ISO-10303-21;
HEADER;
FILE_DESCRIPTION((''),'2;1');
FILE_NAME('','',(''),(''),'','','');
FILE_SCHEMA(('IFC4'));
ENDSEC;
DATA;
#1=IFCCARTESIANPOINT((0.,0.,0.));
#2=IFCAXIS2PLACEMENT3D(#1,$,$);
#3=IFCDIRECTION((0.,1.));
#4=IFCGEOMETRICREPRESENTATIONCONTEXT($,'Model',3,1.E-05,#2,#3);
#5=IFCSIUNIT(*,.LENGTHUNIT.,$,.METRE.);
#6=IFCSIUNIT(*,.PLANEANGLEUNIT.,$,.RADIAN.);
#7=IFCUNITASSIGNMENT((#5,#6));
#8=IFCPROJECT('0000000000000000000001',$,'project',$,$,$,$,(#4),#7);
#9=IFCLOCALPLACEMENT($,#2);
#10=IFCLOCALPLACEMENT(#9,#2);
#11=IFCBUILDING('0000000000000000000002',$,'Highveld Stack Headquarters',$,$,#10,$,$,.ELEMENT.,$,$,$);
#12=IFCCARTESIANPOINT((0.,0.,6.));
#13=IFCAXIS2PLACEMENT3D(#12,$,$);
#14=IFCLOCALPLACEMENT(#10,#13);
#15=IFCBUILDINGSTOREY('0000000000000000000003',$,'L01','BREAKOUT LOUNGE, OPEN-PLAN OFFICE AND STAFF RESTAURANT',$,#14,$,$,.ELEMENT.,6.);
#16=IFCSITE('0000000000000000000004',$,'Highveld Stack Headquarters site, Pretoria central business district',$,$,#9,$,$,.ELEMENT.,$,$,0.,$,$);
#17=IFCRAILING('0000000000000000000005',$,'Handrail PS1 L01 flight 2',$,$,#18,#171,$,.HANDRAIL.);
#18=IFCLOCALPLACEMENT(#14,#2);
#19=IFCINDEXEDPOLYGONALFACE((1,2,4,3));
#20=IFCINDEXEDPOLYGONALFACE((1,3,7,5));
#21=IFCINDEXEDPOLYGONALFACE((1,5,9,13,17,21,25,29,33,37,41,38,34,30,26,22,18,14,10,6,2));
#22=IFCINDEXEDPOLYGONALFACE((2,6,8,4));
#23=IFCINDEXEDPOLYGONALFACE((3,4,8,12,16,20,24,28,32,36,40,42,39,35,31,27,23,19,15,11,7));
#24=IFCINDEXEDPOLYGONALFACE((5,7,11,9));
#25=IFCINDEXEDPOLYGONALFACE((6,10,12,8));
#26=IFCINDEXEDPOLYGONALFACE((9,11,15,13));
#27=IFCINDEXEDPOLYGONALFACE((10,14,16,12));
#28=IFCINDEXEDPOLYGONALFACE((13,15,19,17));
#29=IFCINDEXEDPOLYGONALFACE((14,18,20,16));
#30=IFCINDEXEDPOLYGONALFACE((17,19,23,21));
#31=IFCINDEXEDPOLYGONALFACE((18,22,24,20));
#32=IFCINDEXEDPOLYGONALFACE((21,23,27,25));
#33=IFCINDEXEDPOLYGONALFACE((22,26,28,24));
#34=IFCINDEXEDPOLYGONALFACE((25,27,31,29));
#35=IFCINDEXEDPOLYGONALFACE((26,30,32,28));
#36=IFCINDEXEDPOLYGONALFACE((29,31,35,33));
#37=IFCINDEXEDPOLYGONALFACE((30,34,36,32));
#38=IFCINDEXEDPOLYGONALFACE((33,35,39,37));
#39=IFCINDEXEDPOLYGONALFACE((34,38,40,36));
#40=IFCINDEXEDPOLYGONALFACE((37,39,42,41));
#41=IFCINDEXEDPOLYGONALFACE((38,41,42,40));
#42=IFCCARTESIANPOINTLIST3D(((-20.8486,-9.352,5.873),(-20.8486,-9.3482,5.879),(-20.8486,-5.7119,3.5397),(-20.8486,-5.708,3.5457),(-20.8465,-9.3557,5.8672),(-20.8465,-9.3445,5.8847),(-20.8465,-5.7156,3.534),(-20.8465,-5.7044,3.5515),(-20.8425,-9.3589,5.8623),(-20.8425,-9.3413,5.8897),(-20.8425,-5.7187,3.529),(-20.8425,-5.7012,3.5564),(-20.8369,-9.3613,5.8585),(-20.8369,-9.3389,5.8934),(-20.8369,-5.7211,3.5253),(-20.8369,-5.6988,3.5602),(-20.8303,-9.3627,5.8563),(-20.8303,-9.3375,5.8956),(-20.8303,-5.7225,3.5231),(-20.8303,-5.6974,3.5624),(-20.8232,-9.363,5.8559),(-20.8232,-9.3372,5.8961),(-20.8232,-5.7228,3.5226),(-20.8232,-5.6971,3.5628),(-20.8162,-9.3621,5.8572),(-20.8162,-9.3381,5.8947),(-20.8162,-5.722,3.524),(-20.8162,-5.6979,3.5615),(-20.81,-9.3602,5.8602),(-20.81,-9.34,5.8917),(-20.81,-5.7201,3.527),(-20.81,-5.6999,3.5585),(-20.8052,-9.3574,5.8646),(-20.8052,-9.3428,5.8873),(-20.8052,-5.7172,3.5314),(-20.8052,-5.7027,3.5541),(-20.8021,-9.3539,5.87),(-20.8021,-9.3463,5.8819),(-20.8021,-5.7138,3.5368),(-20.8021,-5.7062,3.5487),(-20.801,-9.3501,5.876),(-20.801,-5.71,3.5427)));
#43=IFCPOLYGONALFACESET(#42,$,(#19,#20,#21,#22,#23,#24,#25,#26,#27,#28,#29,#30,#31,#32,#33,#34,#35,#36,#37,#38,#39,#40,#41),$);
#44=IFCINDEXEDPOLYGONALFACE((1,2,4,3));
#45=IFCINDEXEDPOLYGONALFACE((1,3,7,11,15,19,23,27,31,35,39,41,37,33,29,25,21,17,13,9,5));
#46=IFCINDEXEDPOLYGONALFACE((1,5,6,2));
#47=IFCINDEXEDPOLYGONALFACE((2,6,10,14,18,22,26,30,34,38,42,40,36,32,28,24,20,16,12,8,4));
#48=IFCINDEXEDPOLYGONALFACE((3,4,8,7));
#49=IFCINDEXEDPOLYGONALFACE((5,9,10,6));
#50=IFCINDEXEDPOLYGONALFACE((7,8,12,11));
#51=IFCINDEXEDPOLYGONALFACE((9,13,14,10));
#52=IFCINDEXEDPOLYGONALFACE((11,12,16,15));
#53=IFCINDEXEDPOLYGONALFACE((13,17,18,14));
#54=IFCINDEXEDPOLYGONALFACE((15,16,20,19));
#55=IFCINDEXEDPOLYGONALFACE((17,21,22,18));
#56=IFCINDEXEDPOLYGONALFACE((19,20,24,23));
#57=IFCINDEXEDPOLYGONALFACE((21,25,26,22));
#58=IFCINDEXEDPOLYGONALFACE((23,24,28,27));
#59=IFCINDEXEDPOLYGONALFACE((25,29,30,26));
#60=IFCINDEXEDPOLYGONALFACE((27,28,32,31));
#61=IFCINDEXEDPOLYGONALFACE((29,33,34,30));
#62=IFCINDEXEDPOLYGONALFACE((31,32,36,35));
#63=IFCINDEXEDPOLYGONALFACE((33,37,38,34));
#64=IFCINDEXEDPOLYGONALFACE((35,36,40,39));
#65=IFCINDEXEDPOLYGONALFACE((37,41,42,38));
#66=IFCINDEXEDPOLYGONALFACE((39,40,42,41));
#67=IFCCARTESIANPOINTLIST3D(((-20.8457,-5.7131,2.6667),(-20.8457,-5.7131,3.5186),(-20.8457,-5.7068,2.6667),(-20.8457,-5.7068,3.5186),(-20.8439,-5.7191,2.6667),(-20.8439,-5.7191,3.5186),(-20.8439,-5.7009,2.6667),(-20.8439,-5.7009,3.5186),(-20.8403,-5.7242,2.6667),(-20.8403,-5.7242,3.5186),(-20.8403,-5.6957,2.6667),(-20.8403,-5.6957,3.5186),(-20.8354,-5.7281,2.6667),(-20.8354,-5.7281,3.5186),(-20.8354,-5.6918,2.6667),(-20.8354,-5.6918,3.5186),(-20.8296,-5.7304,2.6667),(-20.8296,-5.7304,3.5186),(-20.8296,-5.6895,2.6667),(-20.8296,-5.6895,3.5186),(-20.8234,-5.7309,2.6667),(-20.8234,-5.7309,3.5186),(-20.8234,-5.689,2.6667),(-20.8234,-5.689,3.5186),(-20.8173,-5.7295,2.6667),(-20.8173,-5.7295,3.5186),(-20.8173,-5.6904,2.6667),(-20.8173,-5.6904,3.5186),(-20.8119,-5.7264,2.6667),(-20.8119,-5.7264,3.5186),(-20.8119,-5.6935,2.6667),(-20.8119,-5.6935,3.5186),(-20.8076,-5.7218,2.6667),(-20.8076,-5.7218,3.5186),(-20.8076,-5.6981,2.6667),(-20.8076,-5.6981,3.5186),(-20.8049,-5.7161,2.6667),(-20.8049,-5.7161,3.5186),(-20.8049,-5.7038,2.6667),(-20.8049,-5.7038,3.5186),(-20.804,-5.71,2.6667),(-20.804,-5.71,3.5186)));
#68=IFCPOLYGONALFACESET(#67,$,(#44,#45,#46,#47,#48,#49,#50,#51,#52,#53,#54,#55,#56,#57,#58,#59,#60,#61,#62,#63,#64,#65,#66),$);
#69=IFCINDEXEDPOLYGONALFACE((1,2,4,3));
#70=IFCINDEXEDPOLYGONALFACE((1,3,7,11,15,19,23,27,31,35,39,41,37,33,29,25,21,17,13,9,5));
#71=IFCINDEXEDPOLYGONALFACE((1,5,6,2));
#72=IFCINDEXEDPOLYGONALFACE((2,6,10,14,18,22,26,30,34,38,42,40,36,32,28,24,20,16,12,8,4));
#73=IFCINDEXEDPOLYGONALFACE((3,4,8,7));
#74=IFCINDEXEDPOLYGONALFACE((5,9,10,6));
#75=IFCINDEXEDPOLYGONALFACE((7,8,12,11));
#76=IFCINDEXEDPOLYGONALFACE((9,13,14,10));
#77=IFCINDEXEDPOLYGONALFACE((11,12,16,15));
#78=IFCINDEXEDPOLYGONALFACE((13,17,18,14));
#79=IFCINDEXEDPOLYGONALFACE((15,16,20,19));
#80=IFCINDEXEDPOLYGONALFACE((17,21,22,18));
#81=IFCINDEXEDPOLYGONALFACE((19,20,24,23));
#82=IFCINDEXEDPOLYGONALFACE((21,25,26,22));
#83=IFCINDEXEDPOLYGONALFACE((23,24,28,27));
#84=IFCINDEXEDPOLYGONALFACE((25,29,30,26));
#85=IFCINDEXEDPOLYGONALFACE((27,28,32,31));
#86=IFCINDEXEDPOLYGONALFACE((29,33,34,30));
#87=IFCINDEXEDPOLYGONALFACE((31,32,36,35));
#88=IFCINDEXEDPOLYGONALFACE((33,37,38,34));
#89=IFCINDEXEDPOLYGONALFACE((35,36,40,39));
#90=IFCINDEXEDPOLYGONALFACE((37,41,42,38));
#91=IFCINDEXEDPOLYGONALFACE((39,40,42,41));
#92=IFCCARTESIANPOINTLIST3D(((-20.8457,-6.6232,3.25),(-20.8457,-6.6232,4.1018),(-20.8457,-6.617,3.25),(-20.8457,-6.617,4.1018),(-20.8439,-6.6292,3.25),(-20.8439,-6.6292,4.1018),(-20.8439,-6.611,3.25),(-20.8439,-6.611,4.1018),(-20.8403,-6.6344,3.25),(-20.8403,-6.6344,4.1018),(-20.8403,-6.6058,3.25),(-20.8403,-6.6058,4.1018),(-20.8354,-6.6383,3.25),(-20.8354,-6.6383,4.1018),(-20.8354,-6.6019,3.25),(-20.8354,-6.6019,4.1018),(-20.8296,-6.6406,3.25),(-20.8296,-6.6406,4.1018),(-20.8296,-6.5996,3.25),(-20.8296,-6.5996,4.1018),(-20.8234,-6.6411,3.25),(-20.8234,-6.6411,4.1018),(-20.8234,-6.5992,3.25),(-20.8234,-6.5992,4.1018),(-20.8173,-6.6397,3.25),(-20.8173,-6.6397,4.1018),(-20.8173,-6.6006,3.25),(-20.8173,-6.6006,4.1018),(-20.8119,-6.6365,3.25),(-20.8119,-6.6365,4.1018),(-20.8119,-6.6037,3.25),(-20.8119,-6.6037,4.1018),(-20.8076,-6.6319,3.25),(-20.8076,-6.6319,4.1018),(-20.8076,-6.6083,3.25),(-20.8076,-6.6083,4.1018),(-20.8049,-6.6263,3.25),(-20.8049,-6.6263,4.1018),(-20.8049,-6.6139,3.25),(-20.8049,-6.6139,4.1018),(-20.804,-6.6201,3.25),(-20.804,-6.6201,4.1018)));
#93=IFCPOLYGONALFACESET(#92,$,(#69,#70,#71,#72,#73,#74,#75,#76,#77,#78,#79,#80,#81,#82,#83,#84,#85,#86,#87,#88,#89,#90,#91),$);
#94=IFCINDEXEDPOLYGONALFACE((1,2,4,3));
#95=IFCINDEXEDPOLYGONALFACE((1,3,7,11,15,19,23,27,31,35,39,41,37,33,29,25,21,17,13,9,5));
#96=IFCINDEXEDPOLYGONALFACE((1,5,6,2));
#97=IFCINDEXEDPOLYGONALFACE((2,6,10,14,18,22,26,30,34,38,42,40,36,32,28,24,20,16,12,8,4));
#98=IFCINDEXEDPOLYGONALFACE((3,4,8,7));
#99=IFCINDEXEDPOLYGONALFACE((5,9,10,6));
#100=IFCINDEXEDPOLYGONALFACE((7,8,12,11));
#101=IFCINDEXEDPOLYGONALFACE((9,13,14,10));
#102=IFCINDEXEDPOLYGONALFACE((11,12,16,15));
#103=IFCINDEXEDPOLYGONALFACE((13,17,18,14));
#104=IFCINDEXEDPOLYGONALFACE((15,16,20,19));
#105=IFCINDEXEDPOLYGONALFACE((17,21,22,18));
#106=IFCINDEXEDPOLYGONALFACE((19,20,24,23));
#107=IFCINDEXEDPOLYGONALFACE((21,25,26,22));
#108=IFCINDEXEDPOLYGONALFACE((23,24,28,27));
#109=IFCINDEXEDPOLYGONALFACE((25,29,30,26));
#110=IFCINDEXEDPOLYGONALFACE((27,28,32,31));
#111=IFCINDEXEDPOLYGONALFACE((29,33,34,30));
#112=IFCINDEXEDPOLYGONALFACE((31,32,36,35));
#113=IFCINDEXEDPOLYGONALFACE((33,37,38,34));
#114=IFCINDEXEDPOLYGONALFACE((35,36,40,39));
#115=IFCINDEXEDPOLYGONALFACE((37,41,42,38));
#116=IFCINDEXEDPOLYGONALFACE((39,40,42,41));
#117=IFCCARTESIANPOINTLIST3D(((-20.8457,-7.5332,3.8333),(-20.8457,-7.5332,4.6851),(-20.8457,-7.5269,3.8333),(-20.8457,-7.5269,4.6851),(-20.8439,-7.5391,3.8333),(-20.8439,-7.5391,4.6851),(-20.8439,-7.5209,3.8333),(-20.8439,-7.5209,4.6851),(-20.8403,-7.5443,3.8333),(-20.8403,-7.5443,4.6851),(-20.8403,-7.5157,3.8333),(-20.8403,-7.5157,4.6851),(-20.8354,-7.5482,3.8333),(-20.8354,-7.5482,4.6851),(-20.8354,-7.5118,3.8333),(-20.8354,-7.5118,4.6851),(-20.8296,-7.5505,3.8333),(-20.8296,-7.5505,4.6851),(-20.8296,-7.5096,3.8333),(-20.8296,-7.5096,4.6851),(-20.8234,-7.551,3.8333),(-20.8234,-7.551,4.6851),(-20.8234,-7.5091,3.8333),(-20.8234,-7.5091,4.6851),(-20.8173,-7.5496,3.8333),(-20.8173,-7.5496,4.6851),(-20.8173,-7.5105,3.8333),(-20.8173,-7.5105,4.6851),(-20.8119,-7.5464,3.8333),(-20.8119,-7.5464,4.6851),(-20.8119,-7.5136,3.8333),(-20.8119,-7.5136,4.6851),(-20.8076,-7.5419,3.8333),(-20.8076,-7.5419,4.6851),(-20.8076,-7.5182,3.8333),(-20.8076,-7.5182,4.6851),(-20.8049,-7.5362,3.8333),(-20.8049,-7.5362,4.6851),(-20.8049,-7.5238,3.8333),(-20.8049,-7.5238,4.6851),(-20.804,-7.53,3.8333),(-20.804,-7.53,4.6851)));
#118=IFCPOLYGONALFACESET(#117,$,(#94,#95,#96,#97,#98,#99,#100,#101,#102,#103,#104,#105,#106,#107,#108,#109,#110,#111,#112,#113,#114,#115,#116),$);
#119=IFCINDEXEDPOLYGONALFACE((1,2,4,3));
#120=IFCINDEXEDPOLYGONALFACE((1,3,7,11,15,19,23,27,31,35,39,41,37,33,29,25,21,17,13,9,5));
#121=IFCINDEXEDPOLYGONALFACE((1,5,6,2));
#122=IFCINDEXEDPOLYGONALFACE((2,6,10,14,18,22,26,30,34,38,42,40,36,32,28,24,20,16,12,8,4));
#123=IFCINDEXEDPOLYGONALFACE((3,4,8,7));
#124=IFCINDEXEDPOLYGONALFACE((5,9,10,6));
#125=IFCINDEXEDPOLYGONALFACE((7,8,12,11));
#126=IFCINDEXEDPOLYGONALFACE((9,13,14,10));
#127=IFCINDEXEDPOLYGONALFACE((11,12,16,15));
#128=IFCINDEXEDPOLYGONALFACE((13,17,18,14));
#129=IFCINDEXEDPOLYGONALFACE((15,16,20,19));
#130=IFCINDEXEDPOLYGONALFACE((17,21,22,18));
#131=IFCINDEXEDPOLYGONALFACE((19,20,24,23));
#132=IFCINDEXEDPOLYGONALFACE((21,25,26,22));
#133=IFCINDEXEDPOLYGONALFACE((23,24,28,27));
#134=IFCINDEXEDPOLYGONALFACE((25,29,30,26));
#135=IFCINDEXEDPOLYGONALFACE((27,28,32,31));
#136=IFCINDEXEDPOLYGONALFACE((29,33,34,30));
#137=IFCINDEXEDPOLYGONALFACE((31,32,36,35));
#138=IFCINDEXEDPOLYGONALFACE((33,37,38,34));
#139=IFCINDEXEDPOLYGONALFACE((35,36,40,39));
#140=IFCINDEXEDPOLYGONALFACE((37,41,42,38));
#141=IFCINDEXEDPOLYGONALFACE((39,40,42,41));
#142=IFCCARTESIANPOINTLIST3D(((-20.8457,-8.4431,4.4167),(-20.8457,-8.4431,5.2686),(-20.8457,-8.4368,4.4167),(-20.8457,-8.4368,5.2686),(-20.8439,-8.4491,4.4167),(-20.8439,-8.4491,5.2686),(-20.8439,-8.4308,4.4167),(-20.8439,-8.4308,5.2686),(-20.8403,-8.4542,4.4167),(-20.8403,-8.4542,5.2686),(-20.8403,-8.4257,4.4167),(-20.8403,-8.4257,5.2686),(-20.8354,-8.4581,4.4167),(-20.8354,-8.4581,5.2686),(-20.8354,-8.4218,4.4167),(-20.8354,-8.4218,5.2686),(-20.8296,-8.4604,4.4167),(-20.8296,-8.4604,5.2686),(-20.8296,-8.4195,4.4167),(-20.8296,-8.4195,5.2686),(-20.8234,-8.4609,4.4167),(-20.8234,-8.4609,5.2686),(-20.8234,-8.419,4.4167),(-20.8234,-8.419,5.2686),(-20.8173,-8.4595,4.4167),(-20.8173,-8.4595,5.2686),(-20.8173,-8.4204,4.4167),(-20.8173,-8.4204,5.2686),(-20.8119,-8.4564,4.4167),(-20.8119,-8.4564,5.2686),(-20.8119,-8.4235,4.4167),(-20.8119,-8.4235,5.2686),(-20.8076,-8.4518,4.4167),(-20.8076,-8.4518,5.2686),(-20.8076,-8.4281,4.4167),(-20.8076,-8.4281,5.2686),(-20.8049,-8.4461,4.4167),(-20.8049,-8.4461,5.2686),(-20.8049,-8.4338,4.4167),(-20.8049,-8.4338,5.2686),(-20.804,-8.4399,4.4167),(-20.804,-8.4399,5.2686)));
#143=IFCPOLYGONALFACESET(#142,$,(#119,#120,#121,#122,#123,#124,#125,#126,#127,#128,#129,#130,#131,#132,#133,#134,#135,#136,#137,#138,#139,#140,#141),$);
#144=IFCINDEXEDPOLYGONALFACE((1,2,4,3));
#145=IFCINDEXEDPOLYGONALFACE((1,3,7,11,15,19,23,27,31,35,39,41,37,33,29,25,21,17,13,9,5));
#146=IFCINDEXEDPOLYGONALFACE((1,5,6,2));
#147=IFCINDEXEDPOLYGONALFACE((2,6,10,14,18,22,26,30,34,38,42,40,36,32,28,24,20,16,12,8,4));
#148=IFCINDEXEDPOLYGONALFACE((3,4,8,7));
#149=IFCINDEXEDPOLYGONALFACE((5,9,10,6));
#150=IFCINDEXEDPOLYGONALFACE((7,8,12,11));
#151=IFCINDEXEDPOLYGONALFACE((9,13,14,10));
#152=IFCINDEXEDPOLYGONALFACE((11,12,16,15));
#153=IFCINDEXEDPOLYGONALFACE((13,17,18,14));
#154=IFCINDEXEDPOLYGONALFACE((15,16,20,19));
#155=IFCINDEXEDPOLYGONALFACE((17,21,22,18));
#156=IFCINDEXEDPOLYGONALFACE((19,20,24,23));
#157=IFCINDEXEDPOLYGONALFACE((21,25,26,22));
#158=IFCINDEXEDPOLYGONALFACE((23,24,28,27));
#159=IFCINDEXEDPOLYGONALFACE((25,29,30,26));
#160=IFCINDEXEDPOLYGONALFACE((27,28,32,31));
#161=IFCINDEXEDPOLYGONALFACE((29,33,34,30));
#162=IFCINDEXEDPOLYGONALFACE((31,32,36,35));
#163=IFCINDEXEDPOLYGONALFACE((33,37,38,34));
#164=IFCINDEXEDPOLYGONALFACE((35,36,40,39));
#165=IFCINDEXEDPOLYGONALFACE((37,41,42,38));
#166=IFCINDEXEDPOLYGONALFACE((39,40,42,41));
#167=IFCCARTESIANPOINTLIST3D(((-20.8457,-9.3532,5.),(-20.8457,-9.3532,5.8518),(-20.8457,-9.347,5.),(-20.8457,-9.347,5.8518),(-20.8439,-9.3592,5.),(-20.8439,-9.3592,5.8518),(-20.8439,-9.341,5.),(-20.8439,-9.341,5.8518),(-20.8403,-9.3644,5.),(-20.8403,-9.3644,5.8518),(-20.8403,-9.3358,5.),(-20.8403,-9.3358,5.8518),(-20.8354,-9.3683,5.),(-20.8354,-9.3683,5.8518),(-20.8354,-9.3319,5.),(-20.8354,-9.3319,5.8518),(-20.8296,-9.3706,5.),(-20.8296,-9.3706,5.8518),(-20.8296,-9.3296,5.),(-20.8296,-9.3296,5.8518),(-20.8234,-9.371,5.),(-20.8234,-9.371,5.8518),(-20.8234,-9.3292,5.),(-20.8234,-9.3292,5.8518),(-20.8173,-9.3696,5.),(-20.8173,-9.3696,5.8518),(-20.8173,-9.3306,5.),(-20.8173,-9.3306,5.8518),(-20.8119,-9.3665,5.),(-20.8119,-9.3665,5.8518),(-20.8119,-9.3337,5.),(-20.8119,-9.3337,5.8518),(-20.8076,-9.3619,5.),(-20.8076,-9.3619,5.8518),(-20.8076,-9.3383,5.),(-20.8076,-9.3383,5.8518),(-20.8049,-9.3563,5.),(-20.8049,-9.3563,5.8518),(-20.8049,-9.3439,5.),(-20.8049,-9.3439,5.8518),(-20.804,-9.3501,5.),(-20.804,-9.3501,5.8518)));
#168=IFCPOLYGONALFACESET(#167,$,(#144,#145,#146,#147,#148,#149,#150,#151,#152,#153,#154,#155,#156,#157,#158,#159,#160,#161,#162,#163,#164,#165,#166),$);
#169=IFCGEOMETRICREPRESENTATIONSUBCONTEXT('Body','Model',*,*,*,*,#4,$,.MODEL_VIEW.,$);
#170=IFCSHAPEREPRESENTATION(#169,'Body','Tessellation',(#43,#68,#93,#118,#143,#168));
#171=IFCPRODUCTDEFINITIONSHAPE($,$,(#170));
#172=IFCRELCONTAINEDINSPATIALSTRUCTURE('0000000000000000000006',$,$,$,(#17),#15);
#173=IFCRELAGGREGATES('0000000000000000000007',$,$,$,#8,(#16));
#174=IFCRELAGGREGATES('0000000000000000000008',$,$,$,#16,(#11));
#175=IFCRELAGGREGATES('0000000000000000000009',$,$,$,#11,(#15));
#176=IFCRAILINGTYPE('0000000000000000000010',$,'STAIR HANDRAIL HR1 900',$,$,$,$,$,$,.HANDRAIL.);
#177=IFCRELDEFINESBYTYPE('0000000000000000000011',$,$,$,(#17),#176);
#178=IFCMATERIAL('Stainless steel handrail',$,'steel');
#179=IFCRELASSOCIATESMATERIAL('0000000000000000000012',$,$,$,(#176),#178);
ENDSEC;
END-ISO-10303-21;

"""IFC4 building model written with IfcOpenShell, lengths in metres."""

from ifc_helpers import new_model, si_unit, direction, frame, origin, origin_2d, place, context, subcontext, project, spatial, circle, extrude, material, type_object, element, save


model = new_model("IFC4")

# Units and contexts
model_context = context("Model", 3, precision=1e-05, world=origin(), true_north=direction((0.0, 1.0)))
body_context = subcontext(model_context, "Body", "Model", "MODEL_VIEW")
ifc_project = project(units=[si_unit("LENGTHUNIT", "METRE"), si_unit("PLANEANGLEUNIT", "RADIAN")], contexts=[model_context])

# Site, building, storey
site_placement = place(None, origin())
site = spatial("IfcSite", under=ifc_project, at=site_placement, Name="Highveld Stack Headquarters site, Pretoria central business district", CompositionType="ELEMENT", RefElevation=0.0)
building_placement = place(site_placement, origin())
building = spatial("IfcBuilding", under=site, at=building_placement, Name="Highveld Stack Headquarters", CompositionType="ELEMENT")
storey_placement = place(building_placement, frame((0.0, 0.0, 6.0)))
storey = spatial("IfcBuildingStorey", under=building, at=storey_placement, Name="L01", Description="BREAKOUT LOUNGE, OPEN-PLAN OFFICE AND STAFF RESTAURANT", CompositionType="ELEMENT", Elevation=6.0)

# Railing
ifc_material_1 = material(Name="Stainless steel handrail", Category="steel")
railing_type = type_object("IfcRailingType", Name="STAIR HANDRAIL HR1 900", PredefinedType="HANDRAIL", material=ifc_material_1)
for number, where, name in (
    (1, (-20.825, -5.71, 2.6667), "Handrail PS1 L01 flight 2"),
):
    element("IfcRailing", number, at=place(storey_placement, frame(where)), inside=storey, type_object=railing_type, Name=name, PredefinedType="HANDRAIL", context=body_context, shape_type="SweptSolid", body=[
        extrude(circle(Radius=0.0239, at=origin_2d()), frame((0.0, 0.0, 0.876), z_axis=(0.0, -0.841897, 0.539638), x_axis=(1.0, 0.0, 0.0)), (0.0, 0.0, 1.0), 4.3237),
        extrude(circle(Radius=0.021, at=origin_2d()), origin(), (0.0, 0.0, 1.0), 0.8518),
        extrude(circle(Radius=0.021, at=origin_2d()), frame((0.0, -0.9102, 0.5833)), (0.0, 0.0, 1.0), 0.8518),
        extrude(circle(Radius=0.021, at=origin_2d()), frame((0.0, -1.8201, 1.1665)), (0.0, 0.0, 1.0), 0.8518),
        extrude(circle(Radius=0.021, at=origin_2d()), frame((0.0, -2.73, 1.75)), (0.0, 0.0, 1.0), 0.8518),
        extrude(circle(Radius=0.021, at=origin_2d()), frame((0.0, -3.6401, 2.3333)), (0.0, 0.0, 1.0), 0.8518),
    ])

save(model, "model.ifc")
